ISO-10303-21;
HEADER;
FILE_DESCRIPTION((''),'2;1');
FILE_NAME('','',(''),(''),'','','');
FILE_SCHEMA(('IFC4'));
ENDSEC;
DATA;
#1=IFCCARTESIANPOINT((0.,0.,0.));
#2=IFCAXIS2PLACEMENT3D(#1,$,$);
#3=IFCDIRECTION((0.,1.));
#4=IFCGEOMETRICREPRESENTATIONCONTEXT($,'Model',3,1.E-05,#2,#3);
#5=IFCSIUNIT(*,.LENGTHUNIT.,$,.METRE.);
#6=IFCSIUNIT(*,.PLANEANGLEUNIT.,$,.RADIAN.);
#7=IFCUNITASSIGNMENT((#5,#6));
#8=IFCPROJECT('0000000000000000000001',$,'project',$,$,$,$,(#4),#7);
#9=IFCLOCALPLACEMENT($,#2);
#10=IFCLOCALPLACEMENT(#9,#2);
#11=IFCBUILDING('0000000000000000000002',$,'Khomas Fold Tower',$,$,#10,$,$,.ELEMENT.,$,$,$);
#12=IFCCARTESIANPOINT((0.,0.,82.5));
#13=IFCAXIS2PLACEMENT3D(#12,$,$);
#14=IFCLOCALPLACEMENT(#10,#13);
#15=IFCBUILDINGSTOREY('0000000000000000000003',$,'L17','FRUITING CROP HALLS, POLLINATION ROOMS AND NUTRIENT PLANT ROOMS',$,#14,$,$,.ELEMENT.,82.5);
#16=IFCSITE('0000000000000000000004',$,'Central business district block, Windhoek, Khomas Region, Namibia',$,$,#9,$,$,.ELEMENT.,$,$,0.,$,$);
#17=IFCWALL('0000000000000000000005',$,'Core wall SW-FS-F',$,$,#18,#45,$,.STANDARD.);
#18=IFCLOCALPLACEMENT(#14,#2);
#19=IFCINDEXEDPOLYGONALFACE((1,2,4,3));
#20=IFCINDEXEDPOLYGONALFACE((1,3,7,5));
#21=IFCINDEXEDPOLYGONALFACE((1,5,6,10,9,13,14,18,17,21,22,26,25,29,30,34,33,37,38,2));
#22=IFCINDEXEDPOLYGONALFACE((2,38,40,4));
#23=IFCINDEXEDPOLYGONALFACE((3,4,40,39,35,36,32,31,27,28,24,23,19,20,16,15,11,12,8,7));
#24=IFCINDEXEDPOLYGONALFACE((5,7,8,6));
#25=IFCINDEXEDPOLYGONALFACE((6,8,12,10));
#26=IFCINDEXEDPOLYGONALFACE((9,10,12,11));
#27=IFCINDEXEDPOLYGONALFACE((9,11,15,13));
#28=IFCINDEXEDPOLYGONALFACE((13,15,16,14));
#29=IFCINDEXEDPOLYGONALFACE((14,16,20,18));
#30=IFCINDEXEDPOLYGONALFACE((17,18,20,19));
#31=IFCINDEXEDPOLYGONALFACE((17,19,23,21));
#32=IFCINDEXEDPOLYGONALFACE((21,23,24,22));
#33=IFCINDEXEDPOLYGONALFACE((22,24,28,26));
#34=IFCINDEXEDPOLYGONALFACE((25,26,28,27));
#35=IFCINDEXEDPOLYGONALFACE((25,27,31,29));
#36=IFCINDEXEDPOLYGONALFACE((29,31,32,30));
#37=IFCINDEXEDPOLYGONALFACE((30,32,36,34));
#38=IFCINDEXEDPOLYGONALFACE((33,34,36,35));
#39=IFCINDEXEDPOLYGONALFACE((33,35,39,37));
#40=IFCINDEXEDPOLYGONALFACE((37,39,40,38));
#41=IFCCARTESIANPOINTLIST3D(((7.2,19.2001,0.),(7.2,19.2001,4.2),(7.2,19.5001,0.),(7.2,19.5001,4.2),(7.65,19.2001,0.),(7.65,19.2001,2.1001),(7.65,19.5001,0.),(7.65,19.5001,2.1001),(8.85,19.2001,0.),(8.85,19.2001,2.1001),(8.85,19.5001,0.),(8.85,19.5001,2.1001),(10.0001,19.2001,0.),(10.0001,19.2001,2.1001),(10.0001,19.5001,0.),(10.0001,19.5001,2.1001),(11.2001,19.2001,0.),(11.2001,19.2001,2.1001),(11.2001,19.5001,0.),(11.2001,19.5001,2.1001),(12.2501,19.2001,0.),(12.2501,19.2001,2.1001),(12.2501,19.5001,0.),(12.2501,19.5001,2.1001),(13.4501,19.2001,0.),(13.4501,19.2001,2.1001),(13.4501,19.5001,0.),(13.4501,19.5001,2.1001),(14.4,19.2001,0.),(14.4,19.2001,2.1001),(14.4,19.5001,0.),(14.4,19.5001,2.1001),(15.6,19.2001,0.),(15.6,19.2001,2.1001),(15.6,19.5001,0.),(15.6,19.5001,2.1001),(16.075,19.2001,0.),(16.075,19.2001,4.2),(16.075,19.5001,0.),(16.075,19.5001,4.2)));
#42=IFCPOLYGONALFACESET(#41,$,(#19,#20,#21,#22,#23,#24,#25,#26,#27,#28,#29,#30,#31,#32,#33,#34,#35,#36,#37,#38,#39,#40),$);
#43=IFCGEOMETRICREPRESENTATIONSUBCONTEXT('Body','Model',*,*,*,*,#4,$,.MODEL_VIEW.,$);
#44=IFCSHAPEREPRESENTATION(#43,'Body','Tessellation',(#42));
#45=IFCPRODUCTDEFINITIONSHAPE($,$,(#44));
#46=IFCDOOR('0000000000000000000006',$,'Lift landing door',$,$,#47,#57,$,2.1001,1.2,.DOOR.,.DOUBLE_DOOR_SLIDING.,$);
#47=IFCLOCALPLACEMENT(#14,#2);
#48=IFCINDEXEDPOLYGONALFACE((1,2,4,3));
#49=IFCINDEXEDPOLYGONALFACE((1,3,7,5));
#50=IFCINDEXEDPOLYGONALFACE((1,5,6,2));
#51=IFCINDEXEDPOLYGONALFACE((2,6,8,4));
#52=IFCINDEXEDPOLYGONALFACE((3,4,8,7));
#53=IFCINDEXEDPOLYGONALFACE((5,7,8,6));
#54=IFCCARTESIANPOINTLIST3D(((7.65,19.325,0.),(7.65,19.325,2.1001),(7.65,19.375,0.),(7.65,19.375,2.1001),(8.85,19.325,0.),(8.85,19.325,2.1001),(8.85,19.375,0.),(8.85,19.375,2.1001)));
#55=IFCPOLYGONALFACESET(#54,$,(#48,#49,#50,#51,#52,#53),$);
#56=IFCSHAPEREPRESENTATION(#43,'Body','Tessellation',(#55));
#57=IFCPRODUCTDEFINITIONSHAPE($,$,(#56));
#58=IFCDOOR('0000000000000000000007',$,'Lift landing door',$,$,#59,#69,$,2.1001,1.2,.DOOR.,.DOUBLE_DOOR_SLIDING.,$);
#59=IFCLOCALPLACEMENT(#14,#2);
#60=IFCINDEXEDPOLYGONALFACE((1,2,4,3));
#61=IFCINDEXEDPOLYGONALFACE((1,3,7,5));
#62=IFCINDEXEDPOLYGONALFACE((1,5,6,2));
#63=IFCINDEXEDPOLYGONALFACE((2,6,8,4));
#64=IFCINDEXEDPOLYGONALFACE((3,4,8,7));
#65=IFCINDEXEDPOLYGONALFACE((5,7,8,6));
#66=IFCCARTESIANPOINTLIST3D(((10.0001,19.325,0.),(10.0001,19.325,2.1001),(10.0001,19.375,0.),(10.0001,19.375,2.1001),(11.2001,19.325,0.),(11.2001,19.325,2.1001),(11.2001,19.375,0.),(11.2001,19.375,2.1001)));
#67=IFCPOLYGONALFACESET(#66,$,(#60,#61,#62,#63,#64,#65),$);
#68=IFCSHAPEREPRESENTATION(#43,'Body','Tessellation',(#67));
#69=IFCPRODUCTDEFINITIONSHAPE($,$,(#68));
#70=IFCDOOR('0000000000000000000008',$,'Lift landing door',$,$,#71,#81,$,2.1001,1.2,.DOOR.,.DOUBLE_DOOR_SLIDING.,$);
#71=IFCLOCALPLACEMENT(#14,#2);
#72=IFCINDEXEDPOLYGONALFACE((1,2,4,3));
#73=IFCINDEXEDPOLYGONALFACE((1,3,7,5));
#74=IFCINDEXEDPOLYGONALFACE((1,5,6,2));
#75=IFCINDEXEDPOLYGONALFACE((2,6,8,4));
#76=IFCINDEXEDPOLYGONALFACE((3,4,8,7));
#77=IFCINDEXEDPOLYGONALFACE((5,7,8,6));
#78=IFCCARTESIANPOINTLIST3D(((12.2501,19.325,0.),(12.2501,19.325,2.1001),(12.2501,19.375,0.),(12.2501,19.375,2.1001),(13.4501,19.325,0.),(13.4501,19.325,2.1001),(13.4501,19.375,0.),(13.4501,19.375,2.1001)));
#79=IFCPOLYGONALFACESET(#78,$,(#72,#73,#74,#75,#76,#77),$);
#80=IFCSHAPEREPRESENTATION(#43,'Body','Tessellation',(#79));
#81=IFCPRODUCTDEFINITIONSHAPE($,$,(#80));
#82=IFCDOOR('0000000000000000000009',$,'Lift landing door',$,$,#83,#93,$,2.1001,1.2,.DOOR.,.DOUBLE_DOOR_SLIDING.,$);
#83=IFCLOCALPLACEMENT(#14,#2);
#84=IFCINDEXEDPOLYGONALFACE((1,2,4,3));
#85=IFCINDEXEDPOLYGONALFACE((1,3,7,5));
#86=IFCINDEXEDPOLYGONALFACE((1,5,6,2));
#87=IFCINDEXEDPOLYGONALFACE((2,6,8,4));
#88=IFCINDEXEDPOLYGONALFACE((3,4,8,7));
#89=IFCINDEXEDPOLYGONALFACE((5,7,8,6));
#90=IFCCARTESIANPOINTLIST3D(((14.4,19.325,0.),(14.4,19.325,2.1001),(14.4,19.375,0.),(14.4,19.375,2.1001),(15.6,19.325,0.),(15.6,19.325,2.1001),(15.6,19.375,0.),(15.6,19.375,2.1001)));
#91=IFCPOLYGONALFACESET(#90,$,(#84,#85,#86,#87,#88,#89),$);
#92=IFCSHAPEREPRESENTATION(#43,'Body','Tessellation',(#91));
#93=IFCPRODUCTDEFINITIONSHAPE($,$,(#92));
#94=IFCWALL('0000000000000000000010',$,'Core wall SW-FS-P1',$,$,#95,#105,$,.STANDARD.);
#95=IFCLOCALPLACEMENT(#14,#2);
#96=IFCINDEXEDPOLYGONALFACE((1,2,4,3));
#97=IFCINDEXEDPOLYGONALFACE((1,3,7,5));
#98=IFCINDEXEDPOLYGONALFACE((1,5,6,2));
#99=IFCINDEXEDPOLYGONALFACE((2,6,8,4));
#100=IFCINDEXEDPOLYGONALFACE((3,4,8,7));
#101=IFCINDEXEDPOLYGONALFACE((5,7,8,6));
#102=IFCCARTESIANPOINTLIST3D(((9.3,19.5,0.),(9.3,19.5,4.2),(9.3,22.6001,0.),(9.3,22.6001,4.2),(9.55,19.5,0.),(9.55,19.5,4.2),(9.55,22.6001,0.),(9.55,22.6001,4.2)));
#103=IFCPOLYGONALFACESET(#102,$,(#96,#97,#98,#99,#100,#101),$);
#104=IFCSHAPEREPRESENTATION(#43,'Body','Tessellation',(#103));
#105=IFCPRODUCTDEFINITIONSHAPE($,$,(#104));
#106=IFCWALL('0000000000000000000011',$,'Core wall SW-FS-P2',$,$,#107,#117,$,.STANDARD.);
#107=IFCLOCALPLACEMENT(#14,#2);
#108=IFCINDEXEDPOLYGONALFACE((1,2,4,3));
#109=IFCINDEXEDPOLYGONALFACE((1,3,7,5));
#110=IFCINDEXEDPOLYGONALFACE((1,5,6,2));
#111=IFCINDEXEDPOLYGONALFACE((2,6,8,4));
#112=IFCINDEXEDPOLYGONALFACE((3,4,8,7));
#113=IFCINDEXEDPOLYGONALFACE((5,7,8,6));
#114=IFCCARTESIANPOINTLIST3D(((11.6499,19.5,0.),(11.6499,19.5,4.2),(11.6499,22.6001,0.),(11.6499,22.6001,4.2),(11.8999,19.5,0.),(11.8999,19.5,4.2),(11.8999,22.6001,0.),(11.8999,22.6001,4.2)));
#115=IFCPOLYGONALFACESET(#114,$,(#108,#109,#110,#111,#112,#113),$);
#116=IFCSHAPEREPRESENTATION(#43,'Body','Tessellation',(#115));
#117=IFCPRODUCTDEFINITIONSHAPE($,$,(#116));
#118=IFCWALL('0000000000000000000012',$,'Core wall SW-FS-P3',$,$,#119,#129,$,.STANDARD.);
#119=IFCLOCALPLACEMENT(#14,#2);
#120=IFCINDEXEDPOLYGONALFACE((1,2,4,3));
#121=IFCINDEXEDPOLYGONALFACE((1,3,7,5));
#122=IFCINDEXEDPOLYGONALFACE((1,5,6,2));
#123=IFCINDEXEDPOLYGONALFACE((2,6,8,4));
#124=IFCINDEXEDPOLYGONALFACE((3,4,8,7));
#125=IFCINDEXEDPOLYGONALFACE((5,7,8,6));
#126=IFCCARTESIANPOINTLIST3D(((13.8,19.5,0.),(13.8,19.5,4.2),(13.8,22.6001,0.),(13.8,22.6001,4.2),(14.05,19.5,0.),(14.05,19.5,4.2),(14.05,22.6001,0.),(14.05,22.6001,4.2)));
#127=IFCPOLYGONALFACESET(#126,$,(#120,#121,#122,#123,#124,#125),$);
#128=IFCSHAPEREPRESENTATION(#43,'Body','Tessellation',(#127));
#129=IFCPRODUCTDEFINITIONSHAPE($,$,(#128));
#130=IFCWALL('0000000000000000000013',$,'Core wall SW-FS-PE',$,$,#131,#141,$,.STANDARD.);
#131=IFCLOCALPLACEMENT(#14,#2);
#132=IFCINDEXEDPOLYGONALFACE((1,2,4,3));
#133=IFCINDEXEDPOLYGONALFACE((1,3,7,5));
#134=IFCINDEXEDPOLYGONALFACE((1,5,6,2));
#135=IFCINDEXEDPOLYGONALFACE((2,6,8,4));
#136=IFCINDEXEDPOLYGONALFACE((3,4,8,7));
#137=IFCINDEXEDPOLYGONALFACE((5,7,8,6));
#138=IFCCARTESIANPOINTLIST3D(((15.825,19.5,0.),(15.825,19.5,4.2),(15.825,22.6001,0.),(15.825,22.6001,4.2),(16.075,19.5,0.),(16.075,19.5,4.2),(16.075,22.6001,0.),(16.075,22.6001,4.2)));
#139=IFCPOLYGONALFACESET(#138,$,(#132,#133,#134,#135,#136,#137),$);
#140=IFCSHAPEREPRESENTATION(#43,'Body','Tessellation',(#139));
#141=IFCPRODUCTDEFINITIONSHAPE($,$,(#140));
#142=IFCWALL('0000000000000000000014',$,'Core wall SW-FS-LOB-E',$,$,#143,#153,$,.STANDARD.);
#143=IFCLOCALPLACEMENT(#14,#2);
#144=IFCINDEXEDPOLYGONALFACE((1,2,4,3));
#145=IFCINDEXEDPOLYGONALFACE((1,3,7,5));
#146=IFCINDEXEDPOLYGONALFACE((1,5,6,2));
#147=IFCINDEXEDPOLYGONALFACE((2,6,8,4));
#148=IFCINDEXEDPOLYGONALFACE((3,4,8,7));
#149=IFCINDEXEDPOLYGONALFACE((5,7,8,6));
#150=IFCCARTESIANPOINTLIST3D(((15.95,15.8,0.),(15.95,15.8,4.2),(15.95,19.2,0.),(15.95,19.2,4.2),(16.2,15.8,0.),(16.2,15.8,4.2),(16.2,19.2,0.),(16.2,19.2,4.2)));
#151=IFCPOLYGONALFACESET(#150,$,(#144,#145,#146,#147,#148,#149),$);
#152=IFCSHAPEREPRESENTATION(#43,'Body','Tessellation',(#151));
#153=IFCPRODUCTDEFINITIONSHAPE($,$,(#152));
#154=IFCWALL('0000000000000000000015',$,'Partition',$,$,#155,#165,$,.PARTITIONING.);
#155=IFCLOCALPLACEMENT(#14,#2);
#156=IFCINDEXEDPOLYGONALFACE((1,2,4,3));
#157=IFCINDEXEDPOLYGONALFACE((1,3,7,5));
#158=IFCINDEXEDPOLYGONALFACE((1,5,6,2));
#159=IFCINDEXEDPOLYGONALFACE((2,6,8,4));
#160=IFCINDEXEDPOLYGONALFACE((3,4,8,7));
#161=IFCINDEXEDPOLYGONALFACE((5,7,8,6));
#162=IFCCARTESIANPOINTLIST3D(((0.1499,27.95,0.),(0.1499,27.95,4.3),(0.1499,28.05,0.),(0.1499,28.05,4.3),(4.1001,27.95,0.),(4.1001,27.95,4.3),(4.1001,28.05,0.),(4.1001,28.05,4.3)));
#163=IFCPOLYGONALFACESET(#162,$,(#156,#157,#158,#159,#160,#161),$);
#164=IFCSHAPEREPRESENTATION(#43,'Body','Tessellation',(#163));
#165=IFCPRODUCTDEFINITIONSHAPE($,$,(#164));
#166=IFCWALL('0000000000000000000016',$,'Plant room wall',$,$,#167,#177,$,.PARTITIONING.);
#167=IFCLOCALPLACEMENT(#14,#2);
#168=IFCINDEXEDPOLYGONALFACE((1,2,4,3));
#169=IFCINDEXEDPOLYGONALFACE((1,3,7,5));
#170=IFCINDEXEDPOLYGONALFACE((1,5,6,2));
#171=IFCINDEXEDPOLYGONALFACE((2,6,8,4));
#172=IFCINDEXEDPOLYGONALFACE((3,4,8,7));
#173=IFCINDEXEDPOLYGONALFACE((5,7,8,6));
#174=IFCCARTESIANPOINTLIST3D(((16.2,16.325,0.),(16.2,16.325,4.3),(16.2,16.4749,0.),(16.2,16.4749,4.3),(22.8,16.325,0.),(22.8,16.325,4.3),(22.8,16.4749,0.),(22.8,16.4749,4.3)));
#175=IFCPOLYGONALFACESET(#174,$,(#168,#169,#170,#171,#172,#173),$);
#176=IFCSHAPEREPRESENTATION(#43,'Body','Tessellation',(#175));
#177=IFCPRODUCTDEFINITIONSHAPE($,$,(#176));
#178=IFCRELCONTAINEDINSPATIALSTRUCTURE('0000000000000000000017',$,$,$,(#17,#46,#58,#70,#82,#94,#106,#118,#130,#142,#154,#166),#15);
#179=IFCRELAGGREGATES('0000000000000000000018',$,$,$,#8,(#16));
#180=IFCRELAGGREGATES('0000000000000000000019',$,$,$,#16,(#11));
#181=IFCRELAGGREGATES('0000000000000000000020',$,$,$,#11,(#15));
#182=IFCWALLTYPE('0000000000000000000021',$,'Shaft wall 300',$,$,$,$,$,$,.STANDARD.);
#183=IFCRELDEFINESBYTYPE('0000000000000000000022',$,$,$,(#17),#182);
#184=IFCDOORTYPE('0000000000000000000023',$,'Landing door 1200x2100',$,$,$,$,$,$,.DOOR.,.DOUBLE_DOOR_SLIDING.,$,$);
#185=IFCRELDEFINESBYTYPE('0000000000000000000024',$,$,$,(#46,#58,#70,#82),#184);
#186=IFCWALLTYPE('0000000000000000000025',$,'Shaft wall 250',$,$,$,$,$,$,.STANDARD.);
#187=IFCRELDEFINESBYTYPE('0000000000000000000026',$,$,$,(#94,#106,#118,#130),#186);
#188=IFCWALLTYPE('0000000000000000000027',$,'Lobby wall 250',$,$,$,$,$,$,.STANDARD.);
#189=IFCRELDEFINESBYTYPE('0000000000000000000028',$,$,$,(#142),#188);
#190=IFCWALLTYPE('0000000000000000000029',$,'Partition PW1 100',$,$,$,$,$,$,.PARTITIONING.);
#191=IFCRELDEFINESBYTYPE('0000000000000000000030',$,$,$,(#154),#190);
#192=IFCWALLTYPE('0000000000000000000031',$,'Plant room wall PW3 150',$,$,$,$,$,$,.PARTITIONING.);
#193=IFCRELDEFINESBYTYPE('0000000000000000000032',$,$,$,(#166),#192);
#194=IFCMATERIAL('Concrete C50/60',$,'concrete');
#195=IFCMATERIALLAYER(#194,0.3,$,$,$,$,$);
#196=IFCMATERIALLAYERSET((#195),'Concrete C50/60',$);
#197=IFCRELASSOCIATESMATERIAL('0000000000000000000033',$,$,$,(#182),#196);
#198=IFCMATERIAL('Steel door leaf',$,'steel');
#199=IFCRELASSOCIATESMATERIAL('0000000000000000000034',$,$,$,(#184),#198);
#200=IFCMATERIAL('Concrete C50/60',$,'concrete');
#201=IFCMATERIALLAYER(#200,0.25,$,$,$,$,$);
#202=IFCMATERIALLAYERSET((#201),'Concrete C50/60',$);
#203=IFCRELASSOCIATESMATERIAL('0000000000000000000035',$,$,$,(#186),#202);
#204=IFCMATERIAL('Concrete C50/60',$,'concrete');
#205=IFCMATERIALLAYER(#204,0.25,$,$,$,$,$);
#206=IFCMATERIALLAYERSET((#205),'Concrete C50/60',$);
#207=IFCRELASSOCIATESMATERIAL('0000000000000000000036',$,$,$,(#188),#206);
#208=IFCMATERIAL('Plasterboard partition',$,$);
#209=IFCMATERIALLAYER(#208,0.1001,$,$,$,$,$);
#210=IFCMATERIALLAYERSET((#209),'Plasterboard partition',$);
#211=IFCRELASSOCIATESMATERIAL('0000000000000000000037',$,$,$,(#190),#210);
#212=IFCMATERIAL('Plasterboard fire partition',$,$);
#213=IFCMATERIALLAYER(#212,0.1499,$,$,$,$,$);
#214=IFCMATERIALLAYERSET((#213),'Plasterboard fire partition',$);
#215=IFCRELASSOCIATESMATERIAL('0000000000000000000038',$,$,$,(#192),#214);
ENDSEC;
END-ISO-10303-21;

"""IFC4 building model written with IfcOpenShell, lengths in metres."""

from ifc_helpers import new_model, si_unit, direction, frame, frame_2d, origin, place, context, subcontext, project, spatial, rectangle, extrude, source, transform, mapped, material, layer, layer_set, type_object, element, fill, save


model = new_model("IFC4")

# Units and contexts
model_context = context("Model", 3, precision=1e-05, world=origin(), true_north=direction((0.0, 1.0)))
body_context = subcontext(model_context, "Body", "Model", "MODEL_VIEW")
ifc_project = project(units=[si_unit("LENGTHUNIT", "METRE"), si_unit("PLANEANGLEUNIT", "RADIAN")], contexts=[model_context])

# Site, building, storey
site_placement = place(None, origin())
site = spatial("IfcSite", under=ifc_project, at=site_placement, Name="Central business district block, Windhoek, Khomas Region, Namibia", CompositionType="ELEMENT", RefElevation=0.0)
building_placement = place(site_placement, origin())
building = spatial("IfcBuilding", under=site, at=building_placement, Name="Khomas Fold Tower", CompositionType="ELEMENT")
storey_placement = place(building_placement, frame((0.0, 0.0, 82.5)))
storey = spatial("IfcBuildingStorey", under=building, at=storey_placement, Name="L17", Description="FRUITING CROP HALLS, POLLINATION ROOMS AND NUTRIENT PLANT ROOMS", CompositionType="ELEMENT", Elevation=82.5)

# Shared definitions
ifc_material_1 = material(Name="Concrete C50/60", Category="concrete")
ifc_layer_1 = layer(ifc_material_1, 0.3)
ifc_layer_set_1 = layer_set([ifc_layer_1], Name="Concrete C50/60")
wall_type_1 = type_object("IfcWallType", Name="Shaft wall 300", PredefinedType="STANDARD", material=ifc_layer_set_1)

# Wall, openings, doors
shared_shape_1 = source(origin(), body_context, "Body", "SweptSolid", [
    extrude(rectangle(XDim=8.875, YDim=0.3, at=frame_2d((4.4375, 0.0))), origin(), (0.0, 0.0, 1.0), 4.2),
])
wall_1_placement = place(storey_placement, frame((7.2, 19.3501, 0.0), z_axis=(0.0, 0.0, 1.0), x_axis=(1.0, 0.0, 0.0)))
wall_1 = element("IfcWall", 1, at=wall_1_placement, inside=storey, type_object=wall_type_1, Name="Core wall SW-FS-F", PredefinedType="STANDARD", context=body_context, shape_type="MappedRepresentation", body=[
    mapped(shared_shape_1, transform((0.0, 0.0, 0.0))),
])
shared_shape_2 = source(origin(), body_context, "Body", "SweptSolid", [
    extrude(rectangle(XDim=1.2, YDim=2.1001, at=frame_2d((0.6001, 1.05))), frame((0.0, 0.1599, 0.0), z_axis=(0.0, -1.0, 0.0), x_axis=(1.0, 0.0, 0.0)), (0.0, 0.0, 1.0), 0.3201),
])
opening_1_placement = place(wall_1_placement, frame((0.45, 0.0, 0.0)))
opening_1 = element("IfcOpeningElement", 2, at=opening_1_placement, cuts=wall_1, PredefinedType="OPENING", context=body_context, shape_type="MappedRepresentation", body=[
    mapped(shared_shape_2, transform((0.0, 0.0, 0.0))),
])
opening_2_placement = place(wall_1_placement, frame((2.8, 0.0, 0.0)))
opening_2 = element("IfcOpeningElement", 3, at=opening_2_placement, cuts=wall_1, PredefinedType="OPENING", context=body_context, shape_type="MappedRepresentation", body=[
    mapped(shared_shape_2, transform((0.0, 0.0, 0.0))),
])
opening_3_placement = place(wall_1_placement, frame((5.05, 0.0, 0.0)))
opening_3 = element("IfcOpeningElement", 4, at=opening_3_placement, cuts=wall_1, PredefinedType="OPENING", context=body_context, shape_type="MappedRepresentation", body=[
    mapped(shared_shape_2, transform((0.0, 0.0, 0.0))),
])
opening_4_placement = place(wall_1_placement, frame((7.2, 0.0, 0.0)))
opening_4 = element("IfcOpeningElement", 5, at=opening_4_placement, cuts=wall_1, PredefinedType="OPENING", context=body_context, shape_type="MappedRepresentation", body=[
    mapped(shared_shape_2, transform((0.0, 0.0, 0.0))),
])
ifc_material_2 = material(Name="Steel door leaf", Category="steel")
door_type_1 = type_object("IfcDoorType", Name="Landing door 1200x2100", OperationType="DOUBLE_DOOR_SLIDING", PredefinedType="DOOR", material=ifc_material_2)
shared_shape_3 = source(origin(), body_context, "Body", "SweptSolid", [
    extrude(rectangle(XDim=1.2, YDim=2.1001, at=frame_2d((0.6001, 1.05))), frame((0.0, 0.0249, 0.0), z_axis=(0.0, -1.0, 0.0), x_axis=(1.0, 0.0, 0.0)), (0.0, 0.0, 1.0), 0.05),
])
door_1_placement = place(opening_1_placement, origin())
door_1 = element("IfcDoor", 6, at=door_1_placement, inside=storey, type_object=door_type_1, Name="Lift landing door", OperationType="DOUBLE_DOOR_SLIDING", OverallHeight=2.1001, OverallWidth=1.2, PredefinedType="DOOR", context=body_context, shape_type="MappedRepresentation", body=[
    mapped(shared_shape_3, transform((0.0, 0.0, 0.0))),
])
fill(opening_1, door_1)
door_2_placement = place(opening_2_placement, origin())
door_2 = element("IfcDoor", 7, at=door_2_placement, inside=storey, type_object=door_type_1, Name="Lift landing door", OperationType="DOUBLE_DOOR_SLIDING", OverallHeight=2.1001, OverallWidth=1.2, PredefinedType="DOOR", context=body_context, shape_type="MappedRepresentation", body=[
    mapped(shared_shape_3, transform((0.0, 0.0, 0.0))),
])
fill(opening_2, door_2)
door_3_placement = place(opening_3_placement, origin())
door_3 = element("IfcDoor", 8, at=door_3_placement, inside=storey, type_object=door_type_1, Name="Lift landing door", OperationType="DOUBLE_DOOR_SLIDING", OverallHeight=2.1001, OverallWidth=1.2, PredefinedType="DOOR", context=body_context, shape_type="MappedRepresentation", body=[
    mapped(shared_shape_3, transform((0.0, 0.0, 0.0))),
])
fill(opening_3, door_3)
door_4_placement = place(opening_4_placement, origin())
door_4 = element("IfcDoor", 9, at=door_4_placement, inside=storey, type_object=door_type_1, Name="Lift landing door", OperationType="DOUBLE_DOOR_SLIDING", OverallHeight=2.1001, OverallWidth=1.2, PredefinedType="DOOR", context=body_context, shape_type="MappedRepresentation", body=[
    mapped(shared_shape_3, transform((0.0, 0.0, 0.0))),
])
fill(opening_4, door_4)

# Walls
ifc_material_3 = material(Name="Concrete C50/60", Category="concrete")
ifc_layer_2 = layer(ifc_material_3, 0.25)
ifc_layer_set_2 = layer_set([ifc_layer_2], Name="Concrete C50/60")
wall_type_2 = type_object("IfcWallType", Name="Shaft wall 250", PredefinedType="STANDARD", material=ifc_layer_set_2)
shared_shape_4 = source(origin(), body_context, "Body", "SweptSolid", [
    extrude(rectangle(XDim=3.1001, YDim=0.25, at=frame_2d((1.55, 0.0))), origin(), (0.0, 0.0, 1.0), 4.2),
])
for number, where, z_axis, x_axis, name in (
    (10, (9.425, 19.5, 0.0), (0.0, 0.0, 1.0), (0.0, 1.0, 0.0), "Core wall SW-FS-P1"),
    (11, (11.7749, 19.5, 0.0), (0.0, 0.0, 1.0), (0.0, 1.0, 0.0), "Core wall SW-FS-P2"),
    (12, (13.925, 19.5, 0.0), (0.0, 0.0, 1.0), (0.0, 1.0, 0.0), "Core wall SW-FS-P3"),
    (13, (15.95, 19.5, 0.0), (0.0, 0.0, 1.0), (0.0, 1.0, 0.0), "Core wall SW-FS-PE"),
):
    element("IfcWall", number, at=place(storey_placement, frame(where, z_axis=z_axis, x_axis=x_axis)), inside=storey, type_object=wall_type_2, Name=name, PredefinedType="STANDARD", context=body_context, shape_type="MappedRepresentation", body=[
        mapped(shared_shape_4, transform((0.0, 0.0, 0.0))),
    ])
ifc_material_4 = material(Name="Concrete C50/60", Category="concrete")
ifc_layer_3 = layer(ifc_material_4, 0.25)
ifc_layer_set_3 = layer_set([ifc_layer_3], Name="Concrete C50/60")
wall_type_3 = type_object("IfcWallType", Name="Lobby wall 250", PredefinedType="STANDARD", material=ifc_layer_set_3)
shared_shape_5 = source(origin(), body_context, "Body", "SweptSolid", [
    extrude(rectangle(XDim=3.3999, YDim=0.25, at=frame_2d((1.7, 0.0))), origin(), (0.0, 0.0, 1.0), 4.2),
])
wall_2_placement = place(storey_placement, frame((16.075, 15.8, 0.0), z_axis=(0.0, 0.0, 1.0), x_axis=(0.0, 1.0, 0.0)))
element("IfcWall", 14, at=wall_2_placement, inside=storey, type_object=wall_type_3, Name="Core wall SW-FS-LOB-E", PredefinedType="STANDARD", context=body_context, shape_type="MappedRepresentation", body=[
    mapped(shared_shape_5, transform((0.0, 0.0, 0.0))),
])
ifc_material_5 = material(Name="Plasterboard partition")
ifc_layer_4 = layer(ifc_material_5, 0.1001)
ifc_layer_set_4 = layer_set([ifc_layer_4], Name="Plasterboard partition")
wall_type_4 = type_object("IfcWallType", Name="Partition PW1 100", PredefinedType="PARTITIONING", material=ifc_layer_set_4)
shared_shape_6 = source(origin(), body_context, "Body", "SweptSolid", [
    extrude(rectangle(XDim=3.9502, YDim=0.1001, at=frame_2d((1.9751, 0.0))), origin(), (0.0, 0.0, 1.0), 4.3),
])
wall_3_placement = place(storey_placement, frame((0.1499, 28.0, 0.0), z_axis=(0.0, 0.0, 1.0), x_axis=(1.0, 0.0, 0.0)))
element("IfcWall", 15, at=wall_3_placement, inside=storey, type_object=wall_type_4, Name="Partition", PredefinedType="PARTITIONING", context=body_context, shape_type="MappedRepresentation", body=[
    mapped(shared_shape_6, transform((0.0, 0.0, 0.0))),
])
ifc_material_6 = material(Name="Plasterboard fire partition")
ifc_layer_5 = layer(ifc_material_6, 0.1499)
ifc_layer_set_5 = layer_set([ifc_layer_5], Name="Plasterboard fire partition")
wall_type_5 = type_object("IfcWallType", Name="Plant room wall PW3 150", PredefinedType="PARTITIONING", material=ifc_layer_set_5)
shared_shape_7 = source(origin(), body_context, "Body", "SweptSolid", [
    extrude(rectangle(XDim=6.6001, YDim=0.1499, at=frame_2d((3.3, 0.0))), origin(), (0.0, 0.0, 1.0), 4.3),
])
wall_4_placement = place(storey_placement, frame((16.2, 16.3999, 0.0), z_axis=(0.0, 0.0, 1.0), x_axis=(1.0, 0.0, 0.0)))
element("IfcWall", 16, at=wall_4_placement, inside=storey, type_object=wall_type_5, Name="Plant room wall", PredefinedType="PARTITIONING", context=body_context, shape_type="MappedRepresentation", body=[
    mapped(shared_shape_7, transform((0.0, 0.0, 0.0))),
])

save(model, "model.ifc")
